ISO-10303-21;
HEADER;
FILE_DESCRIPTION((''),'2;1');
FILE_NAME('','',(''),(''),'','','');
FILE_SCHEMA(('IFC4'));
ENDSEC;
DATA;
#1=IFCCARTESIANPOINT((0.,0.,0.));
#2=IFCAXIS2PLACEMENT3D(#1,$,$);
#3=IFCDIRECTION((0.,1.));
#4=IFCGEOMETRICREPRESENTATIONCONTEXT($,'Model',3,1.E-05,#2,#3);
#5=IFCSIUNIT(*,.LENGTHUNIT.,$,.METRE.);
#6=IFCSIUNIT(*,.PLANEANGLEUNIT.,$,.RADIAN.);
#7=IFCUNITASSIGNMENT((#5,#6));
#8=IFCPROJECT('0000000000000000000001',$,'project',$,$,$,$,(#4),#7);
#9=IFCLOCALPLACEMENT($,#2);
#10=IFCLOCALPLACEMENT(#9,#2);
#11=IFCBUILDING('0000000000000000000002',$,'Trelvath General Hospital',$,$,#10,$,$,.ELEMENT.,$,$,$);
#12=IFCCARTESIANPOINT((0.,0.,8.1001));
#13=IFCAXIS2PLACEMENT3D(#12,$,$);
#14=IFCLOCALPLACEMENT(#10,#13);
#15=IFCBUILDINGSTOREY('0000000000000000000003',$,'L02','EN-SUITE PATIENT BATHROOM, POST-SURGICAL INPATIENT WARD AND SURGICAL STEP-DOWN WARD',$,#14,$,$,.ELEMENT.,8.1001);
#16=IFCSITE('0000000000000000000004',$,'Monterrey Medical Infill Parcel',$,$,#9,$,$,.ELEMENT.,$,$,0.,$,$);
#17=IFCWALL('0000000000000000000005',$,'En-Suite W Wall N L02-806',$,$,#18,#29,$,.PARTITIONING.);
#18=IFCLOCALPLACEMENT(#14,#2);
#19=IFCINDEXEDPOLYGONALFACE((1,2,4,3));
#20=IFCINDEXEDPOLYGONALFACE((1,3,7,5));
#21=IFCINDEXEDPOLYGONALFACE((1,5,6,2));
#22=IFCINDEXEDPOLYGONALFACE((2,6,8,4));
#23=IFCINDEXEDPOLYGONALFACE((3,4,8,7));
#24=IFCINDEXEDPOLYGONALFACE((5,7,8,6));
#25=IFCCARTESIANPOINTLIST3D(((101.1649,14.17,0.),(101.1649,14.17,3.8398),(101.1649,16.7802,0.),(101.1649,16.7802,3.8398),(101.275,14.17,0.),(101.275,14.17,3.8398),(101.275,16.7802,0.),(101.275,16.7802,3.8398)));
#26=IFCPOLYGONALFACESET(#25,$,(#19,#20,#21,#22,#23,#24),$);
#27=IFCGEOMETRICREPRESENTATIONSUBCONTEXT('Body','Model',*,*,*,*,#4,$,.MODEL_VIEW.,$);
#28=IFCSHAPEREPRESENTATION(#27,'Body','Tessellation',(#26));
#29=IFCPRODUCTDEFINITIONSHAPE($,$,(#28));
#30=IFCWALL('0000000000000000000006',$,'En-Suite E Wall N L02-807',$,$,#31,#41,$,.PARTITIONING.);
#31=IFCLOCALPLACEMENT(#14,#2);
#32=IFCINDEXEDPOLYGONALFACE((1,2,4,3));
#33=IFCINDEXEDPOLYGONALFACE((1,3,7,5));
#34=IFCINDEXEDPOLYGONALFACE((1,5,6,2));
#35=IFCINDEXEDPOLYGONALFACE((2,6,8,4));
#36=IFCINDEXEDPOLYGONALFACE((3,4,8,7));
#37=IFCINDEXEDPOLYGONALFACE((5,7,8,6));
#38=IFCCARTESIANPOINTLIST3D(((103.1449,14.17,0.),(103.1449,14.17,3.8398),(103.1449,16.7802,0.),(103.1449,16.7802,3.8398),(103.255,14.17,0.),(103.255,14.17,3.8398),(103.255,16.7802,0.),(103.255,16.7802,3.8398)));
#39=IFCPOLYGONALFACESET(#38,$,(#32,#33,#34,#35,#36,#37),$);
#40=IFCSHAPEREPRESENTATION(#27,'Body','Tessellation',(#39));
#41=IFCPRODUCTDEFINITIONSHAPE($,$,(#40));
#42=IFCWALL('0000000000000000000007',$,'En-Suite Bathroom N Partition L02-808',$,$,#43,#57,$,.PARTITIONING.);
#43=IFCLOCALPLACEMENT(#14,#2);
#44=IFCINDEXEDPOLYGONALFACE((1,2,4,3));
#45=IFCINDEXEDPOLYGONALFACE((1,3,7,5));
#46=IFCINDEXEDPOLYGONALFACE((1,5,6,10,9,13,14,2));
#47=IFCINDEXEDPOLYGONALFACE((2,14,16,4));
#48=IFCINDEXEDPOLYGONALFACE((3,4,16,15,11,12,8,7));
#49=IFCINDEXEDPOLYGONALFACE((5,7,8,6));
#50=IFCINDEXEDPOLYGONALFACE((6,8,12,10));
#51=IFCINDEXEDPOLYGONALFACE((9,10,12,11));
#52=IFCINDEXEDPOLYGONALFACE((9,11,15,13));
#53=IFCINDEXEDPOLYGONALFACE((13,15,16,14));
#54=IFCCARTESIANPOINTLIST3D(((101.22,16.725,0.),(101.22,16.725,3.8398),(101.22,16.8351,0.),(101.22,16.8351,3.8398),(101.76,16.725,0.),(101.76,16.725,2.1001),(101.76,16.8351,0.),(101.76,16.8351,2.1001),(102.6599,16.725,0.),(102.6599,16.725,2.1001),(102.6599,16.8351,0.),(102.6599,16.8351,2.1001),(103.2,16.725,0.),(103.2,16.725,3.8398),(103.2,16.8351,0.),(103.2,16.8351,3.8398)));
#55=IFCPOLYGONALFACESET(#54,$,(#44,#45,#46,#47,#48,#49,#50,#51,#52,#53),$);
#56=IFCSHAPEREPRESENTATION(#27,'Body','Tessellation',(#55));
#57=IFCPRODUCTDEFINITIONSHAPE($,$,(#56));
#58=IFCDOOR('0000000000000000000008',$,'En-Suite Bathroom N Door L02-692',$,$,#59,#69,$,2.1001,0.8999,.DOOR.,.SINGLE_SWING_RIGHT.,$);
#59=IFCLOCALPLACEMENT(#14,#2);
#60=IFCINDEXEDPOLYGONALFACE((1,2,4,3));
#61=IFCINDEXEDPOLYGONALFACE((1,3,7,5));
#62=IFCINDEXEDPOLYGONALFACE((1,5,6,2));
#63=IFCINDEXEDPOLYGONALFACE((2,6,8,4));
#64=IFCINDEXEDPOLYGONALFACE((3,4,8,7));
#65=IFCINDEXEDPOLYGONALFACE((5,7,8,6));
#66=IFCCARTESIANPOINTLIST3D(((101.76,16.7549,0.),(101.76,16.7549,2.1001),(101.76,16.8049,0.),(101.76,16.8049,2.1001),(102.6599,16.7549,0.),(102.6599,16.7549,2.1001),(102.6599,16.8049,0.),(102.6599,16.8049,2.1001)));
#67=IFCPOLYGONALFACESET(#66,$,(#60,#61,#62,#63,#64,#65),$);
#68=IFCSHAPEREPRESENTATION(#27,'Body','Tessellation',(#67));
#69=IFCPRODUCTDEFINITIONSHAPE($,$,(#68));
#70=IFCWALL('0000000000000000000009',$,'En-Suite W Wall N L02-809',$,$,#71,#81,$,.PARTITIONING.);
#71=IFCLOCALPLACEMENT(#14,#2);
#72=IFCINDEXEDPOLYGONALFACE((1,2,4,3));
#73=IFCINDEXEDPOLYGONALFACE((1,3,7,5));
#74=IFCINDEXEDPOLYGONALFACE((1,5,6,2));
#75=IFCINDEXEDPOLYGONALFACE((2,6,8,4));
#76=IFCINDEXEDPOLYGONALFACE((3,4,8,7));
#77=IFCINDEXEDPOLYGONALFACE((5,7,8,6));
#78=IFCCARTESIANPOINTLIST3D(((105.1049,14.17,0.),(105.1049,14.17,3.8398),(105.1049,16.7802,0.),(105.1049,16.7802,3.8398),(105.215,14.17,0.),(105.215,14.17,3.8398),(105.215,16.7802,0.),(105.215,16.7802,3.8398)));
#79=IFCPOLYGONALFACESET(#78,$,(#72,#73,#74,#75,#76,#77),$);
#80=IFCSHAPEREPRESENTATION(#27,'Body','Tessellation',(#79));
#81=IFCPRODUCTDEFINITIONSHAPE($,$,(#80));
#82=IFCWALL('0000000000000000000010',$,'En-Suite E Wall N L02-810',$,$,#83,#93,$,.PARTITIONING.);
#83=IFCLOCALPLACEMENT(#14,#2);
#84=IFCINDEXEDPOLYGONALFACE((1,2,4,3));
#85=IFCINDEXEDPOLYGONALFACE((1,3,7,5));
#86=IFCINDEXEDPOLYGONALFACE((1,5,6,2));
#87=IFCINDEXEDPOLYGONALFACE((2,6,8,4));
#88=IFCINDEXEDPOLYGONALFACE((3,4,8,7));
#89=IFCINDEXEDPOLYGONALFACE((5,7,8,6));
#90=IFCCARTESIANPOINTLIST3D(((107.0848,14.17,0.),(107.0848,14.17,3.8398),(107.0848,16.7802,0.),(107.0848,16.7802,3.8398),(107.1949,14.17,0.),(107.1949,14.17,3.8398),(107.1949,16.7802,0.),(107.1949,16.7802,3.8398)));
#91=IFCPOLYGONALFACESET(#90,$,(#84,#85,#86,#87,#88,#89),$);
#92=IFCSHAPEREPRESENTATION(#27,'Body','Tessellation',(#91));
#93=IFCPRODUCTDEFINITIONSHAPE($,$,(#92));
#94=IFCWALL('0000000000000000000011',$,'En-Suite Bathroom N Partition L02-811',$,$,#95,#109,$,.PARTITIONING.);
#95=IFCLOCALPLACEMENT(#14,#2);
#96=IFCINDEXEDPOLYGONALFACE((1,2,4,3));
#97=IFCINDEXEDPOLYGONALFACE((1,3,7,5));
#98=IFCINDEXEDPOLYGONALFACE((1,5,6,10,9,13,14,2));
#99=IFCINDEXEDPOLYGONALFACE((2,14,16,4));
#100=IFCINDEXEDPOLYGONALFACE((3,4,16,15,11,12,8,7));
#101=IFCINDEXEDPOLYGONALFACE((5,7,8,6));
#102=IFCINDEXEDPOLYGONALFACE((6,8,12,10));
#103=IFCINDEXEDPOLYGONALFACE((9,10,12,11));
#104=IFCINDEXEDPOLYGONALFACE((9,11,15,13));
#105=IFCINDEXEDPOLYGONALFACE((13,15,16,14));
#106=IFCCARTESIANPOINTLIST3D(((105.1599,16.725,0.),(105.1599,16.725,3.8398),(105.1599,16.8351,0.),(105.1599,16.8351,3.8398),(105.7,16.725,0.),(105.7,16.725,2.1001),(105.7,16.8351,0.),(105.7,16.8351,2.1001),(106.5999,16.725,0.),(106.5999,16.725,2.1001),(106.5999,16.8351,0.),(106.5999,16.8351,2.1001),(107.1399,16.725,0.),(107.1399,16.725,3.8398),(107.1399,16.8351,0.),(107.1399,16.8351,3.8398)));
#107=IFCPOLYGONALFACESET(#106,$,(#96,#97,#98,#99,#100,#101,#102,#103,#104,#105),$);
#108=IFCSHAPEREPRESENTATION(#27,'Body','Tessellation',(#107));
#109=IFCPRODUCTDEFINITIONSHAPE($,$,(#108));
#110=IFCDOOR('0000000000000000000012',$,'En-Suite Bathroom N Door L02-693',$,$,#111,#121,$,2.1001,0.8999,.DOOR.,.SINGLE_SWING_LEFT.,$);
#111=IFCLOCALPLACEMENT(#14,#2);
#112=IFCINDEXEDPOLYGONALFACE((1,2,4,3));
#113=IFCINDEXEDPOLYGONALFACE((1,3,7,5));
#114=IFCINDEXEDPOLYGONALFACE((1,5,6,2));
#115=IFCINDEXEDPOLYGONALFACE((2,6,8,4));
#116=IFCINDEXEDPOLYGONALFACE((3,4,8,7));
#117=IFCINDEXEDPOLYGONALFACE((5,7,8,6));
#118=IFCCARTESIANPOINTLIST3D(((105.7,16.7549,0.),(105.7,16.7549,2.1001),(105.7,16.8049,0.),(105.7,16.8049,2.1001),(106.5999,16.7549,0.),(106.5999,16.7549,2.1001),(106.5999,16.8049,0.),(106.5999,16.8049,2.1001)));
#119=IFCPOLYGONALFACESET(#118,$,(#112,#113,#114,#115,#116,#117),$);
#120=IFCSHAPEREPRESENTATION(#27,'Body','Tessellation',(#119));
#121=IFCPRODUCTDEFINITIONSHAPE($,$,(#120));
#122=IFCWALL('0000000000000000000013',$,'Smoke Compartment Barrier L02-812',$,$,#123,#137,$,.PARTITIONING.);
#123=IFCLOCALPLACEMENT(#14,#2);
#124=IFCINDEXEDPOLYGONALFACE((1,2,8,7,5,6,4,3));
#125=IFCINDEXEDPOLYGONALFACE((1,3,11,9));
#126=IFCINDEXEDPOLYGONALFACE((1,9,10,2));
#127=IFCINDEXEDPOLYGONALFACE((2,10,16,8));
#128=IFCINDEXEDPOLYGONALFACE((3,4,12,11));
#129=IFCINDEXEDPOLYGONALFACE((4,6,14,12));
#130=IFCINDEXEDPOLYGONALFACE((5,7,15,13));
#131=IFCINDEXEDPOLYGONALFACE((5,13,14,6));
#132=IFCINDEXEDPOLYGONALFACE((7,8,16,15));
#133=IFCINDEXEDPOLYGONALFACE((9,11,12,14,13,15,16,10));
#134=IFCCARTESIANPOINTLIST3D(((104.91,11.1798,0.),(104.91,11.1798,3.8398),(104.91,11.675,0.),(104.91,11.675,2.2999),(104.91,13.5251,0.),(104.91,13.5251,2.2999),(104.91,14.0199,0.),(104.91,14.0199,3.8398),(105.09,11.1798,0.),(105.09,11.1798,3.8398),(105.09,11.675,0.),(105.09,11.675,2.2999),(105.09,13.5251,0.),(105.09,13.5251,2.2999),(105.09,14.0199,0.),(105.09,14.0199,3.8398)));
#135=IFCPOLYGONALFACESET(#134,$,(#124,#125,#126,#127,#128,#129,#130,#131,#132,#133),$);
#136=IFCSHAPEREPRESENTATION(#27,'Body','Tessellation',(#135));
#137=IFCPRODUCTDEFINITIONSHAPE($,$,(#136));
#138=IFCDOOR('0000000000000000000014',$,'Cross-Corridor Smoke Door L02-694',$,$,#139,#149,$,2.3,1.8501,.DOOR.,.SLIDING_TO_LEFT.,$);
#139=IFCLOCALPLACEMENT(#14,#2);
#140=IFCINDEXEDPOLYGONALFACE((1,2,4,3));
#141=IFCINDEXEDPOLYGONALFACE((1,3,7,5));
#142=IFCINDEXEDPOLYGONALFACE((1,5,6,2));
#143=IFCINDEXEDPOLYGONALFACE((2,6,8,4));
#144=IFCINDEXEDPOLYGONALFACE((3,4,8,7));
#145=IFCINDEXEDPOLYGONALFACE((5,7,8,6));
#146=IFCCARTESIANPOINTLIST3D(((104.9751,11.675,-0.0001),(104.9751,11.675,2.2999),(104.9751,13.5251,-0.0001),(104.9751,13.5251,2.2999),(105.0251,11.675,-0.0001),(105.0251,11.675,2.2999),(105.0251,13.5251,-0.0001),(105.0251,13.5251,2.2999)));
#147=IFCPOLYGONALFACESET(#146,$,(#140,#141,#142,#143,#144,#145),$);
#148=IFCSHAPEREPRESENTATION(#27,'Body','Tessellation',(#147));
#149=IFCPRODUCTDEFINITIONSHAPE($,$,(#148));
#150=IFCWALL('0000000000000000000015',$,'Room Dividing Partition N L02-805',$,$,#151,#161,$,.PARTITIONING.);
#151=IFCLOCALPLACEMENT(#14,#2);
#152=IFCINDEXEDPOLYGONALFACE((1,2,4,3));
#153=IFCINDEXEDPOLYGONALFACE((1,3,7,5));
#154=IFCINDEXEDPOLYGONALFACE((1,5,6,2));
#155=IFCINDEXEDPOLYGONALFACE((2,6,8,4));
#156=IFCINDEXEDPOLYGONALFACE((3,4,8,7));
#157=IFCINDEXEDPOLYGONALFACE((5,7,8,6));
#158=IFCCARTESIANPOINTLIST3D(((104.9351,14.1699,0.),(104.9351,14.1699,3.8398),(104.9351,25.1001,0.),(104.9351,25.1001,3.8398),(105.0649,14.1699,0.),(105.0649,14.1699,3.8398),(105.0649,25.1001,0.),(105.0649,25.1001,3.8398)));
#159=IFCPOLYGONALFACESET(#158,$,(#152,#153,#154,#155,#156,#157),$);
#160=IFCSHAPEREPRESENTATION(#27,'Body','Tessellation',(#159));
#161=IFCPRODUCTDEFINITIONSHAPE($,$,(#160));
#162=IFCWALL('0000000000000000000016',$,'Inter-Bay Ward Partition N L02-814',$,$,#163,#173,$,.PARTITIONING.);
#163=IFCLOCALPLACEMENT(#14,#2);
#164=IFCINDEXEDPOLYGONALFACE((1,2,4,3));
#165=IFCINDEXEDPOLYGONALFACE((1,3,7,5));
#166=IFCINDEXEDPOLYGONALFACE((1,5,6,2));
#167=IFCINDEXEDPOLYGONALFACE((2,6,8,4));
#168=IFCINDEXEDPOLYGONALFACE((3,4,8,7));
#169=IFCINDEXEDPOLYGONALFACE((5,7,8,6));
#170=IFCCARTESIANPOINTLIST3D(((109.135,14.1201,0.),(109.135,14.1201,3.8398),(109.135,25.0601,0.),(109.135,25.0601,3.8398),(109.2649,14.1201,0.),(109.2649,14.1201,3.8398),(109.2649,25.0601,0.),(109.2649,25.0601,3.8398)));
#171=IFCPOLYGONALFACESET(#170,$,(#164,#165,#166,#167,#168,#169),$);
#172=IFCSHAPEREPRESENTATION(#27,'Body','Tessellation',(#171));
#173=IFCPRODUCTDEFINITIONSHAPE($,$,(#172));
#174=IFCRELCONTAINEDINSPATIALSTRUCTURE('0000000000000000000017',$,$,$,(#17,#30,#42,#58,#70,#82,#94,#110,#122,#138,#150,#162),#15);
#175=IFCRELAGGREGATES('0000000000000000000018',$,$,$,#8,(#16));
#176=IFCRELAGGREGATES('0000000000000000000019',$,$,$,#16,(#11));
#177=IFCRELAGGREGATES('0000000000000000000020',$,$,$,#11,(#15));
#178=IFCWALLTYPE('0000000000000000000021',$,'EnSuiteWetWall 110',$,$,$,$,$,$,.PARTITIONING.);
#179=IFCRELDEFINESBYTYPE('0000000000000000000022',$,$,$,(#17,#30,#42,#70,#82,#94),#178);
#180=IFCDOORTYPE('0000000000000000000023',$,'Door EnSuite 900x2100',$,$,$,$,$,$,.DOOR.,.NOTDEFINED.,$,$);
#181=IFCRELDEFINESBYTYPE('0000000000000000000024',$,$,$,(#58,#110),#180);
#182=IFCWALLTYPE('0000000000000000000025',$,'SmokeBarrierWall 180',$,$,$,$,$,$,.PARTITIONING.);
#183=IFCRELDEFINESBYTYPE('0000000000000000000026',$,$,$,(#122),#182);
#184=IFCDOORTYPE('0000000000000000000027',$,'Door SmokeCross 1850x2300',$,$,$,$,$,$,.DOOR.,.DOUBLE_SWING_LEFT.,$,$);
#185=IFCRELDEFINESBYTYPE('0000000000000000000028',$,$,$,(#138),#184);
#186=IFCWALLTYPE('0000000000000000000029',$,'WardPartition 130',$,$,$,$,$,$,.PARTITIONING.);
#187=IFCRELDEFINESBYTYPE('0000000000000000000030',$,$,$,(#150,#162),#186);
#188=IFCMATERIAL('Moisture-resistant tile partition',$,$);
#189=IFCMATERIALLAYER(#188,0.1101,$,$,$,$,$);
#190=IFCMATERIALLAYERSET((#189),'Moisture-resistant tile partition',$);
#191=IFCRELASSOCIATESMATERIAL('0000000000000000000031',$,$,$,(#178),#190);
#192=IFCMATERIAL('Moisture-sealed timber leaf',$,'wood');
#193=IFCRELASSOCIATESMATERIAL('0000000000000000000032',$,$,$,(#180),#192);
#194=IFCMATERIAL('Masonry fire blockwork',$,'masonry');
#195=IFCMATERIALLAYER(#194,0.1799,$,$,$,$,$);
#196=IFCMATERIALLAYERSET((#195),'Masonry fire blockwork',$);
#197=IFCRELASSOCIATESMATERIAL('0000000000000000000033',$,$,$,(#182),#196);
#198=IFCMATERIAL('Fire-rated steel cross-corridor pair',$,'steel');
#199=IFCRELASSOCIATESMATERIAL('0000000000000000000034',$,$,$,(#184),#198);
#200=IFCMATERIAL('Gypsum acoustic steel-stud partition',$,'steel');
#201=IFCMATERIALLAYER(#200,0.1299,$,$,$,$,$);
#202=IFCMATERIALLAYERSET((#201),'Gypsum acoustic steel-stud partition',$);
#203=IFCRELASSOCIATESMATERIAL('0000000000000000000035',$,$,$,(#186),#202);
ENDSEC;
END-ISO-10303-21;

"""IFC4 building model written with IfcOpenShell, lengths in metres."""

from ifc_helpers import new_model, si_unit, direction, frame, frame_2d, origin, place, context, subcontext, project, spatial, rectangle, extrude, material, layer, layer_set, type_object, element, fill, save


model = new_model("IFC4")

# Units and contexts
model_context = context("Model", 3, precision=1e-05, world=origin(), true_north=direction((0.0, 1.0)))
body_context = subcontext(model_context, "Body", "Model", "MODEL_VIEW")
ifc_project = project(units=[si_unit("LENGTHUNIT", "METRE"), si_unit("PLANEANGLEUNIT", "RADIAN")], contexts=[model_context])

# Site, building, storey
site_placement = place(None, origin())
site = spatial("IfcSite", under=ifc_project, at=site_placement, Name="Monterrey Medical Infill Parcel", CompositionType="ELEMENT", RefElevation=0.0)
building_placement = place(site_placement, origin())
building = spatial("IfcBuilding", under=site, at=building_placement, Name="Trelvath General Hospital", CompositionType="ELEMENT")
storey_placement = place(building_placement, frame((0.0, 0.0, 8.1001)))
storey = spatial("IfcBuildingStorey", under=building, at=storey_placement, Name="L02", Description="EN-SUITE PATIENT BATHROOM, POST-SURGICAL INPATIENT WARD AND SURGICAL STEP-DOWN WARD", CompositionType="ELEMENT", Elevation=8.1001)

# Walls
ifc_material_1 = material(Name="Moisture-resistant tile partition")
ifc_layer_1 = layer(ifc_material_1, 0.1101)
ifc_layer_set_1 = layer_set([ifc_layer_1], Name="Moisture-resistant tile partition")
wall_type_1 = type_object("IfcWallType", Name="EnSuiteWetWall 110", PredefinedType="PARTITIONING", material=ifc_layer_set_1)
for number, where, z_axis, x_axis, name in (
    (1, (101.22, 14.1699, 0.0), (0.0, 0.0, 1.0), (0.0, 1.0, 0.0), "En-Suite W Wall N L02-806"),
    (2, (103.2, 14.1699, 0.0), (0.0, 0.0, 1.0), (0.0, 1.0, 0.0), "En-Suite E Wall N L02-807"),
):
    element("IfcWall", number, at=place(storey_placement, frame(where, z_axis=z_axis, x_axis=x_axis)), inside=storey, type_object=wall_type_1, Name=name, PredefinedType="PARTITIONING", context=body_context, shape_type="SweptSolid", body=[
        extrude(rectangle(XDim=2.6101, YDim=0.1101, at=frame_2d((1.3052, 0.0))), origin(), (0.0, 0.0, 1.0), 3.8398),
    ])

# Wall, opening, door
wall_1_placement = place(storey_placement, frame((101.22, 16.78, 0.0), z_axis=(0.0, 0.0, 1.0), x_axis=(1.0, 0.0, 0.0)))
wall_1 = element("IfcWall", 3, at=wall_1_placement, inside=storey, type_object=wall_type_1, Name="En-Suite Bathroom N Partition L02-808", PredefinedType="PARTITIONING", context=body_context, shape_type="SweptSolid", body=[
    extrude(rectangle(XDim=1.98, YDim=0.1101, at=frame_2d((0.99, 0.0))), origin(), (0.0, 0.0, 1.0), 3.8398),
])
opening_1_placement = place(wall_1_placement, frame((0.54, 0.0, 0.0)))
opening_1 = element("IfcOpeningElement", 4, at=opening_1_placement, cuts=wall_1, PredefinedType="OPENING", context=body_context, shape_type="SweptSolid", body=[
    extrude(rectangle(XDim=0.8999, YDim=2.1001, at=frame_2d((0.45, 1.05))), frame((0.0, 0.0649, 0.0), z_axis=(0.0, -1.0, 0.0), x_axis=(1.0, 0.0, 0.0)), (0.0, 0.0, 1.0), 0.1301),
])
ifc_material_2 = material(Name="Moisture-sealed timber leaf", Category="wood")
door_type_1 = type_object("IfcDoorType", Name="Door EnSuite 900x2100", OperationType="NOTDEFINED", PredefinedType="DOOR", material=ifc_material_2)
door_1_placement = place(opening_1_placement, origin())
door_1 = element("IfcDoor", 5, at=door_1_placement, inside=storey, type_object=door_type_1, Name="En-Suite Bathroom N Door L02-692", OperationType="SINGLE_SWING_RIGHT", OverallHeight=2.1001, OverallWidth=0.8999, PredefinedType="DOOR", context=body_context, shape_type="SweptSolid", body=[
    extrude(rectangle(XDim=0.8999, YDim=2.1001, at=frame_2d((0.45, 1.05))), frame((0.0, 0.0249, 0.0), z_axis=(0.0, -1.0, 0.0), x_axis=(1.0, 0.0, 0.0)), (0.0, 0.0, 1.0), 0.05),
])
fill(opening_1, door_1)

# Walls
for number, where, z_axis, x_axis, name in (
    (6, (105.1599, 14.1699, 0.0), (0.0, 0.0, 1.0), (0.0, 1.0, 0.0), "En-Suite W Wall N L02-809"),
    (7, (107.1399, 14.1699, 0.0), (0.0, 0.0, 1.0), (0.0, 1.0, 0.0), "En-Suite E Wall N L02-810"),
):
    element("IfcWall", number, at=place(storey_placement, frame(where, z_axis=z_axis, x_axis=x_axis)), inside=storey, type_object=wall_type_1, Name=name, PredefinedType="PARTITIONING", context=body_context, shape_type="SweptSolid", body=[
        extrude(rectangle(XDim=2.6101, YDim=0.1101, at=frame_2d((1.3052, 0.0))), origin(), (0.0, 0.0, 1.0), 3.8398),
    ])

# Walls, openings, doors
wall_2_placement = place(storey_placement, frame((105.1599, 16.78, 0.0), z_axis=(0.0, 0.0, 1.0), x_axis=(1.0, 0.0, 0.0)))
wall_2 = element("IfcWall", 8, at=wall_2_placement, inside=storey, type_object=wall_type_1, Name="En-Suite Bathroom N Partition L02-811", PredefinedType="PARTITIONING", context=body_context, shape_type="SweptSolid", body=[
    extrude(rectangle(XDim=1.98, YDim=0.1101, at=frame_2d((0.99, 0.0))), origin(), (0.0, 0.0, 1.0), 3.8398),
])
opening_2_placement = place(wall_2_placement, frame((0.54, 0.0, 0.0)))
opening_2 = element("IfcOpeningElement", 9, at=opening_2_placement, cuts=wall_2, PredefinedType="OPENING", context=body_context, shape_type="SweptSolid", body=[
    extrude(rectangle(XDim=0.8999, YDim=2.1001, at=frame_2d((0.45, 1.05))), frame((0.0, 0.0649, 0.0), z_axis=(0.0, -1.0, 0.0), x_axis=(1.0, 0.0, 0.0)), (0.0, 0.0, 1.0), 0.1301),
])
door_2_placement = place(opening_2_placement, origin())
door_2 = element("IfcDoor", 10, at=door_2_placement, inside=storey, type_object=door_type_1, Name="En-Suite Bathroom N Door L02-693", OperationType="SINGLE_SWING_LEFT", OverallHeight=2.1001, OverallWidth=0.8999, PredefinedType="DOOR", context=body_context, shape_type="SweptSolid", body=[
    extrude(rectangle(XDim=0.8999, YDim=2.1001, at=frame_2d((0.45, 1.05))), frame((0.0, 0.0249, 0.0), z_axis=(0.0, -1.0, 0.0), x_axis=(1.0, 0.0, 0.0)), (0.0, 0.0, 1.0), 0.05),
])
fill(opening_2, door_2)
ifc_material_3 = material(Name="Masonry fire blockwork", Category="masonry")
ifc_layer_2 = layer(ifc_material_3, 0.1799)
ifc_layer_set_2 = layer_set([ifc_layer_2], Name="Masonry fire blockwork")
wall_type_2 = type_object("IfcWallType", Name="SmokeBarrierWall 180", PredefinedType="PARTITIONING", material=ifc_layer_set_2)
wall_3_placement = place(storey_placement, frame((105.0, 11.1799, 0.0), z_axis=(0.0, 0.0, 1.0), x_axis=(0.0, 1.0, 0.0)))
wall_3 = element("IfcWall", 11, at=wall_3_placement, inside=storey, type_object=wall_type_2, Name="Smoke Compartment Barrier L02-812", PredefinedType="PARTITIONING", context=body_context, shape_type="SweptSolid", body=[
    extrude(rectangle(XDim=2.8401, YDim=0.1799, at=frame_2d((1.4199, 0.0))), origin(), (0.0, 0.0, 1.0), 3.8398),
])
opening_3_placement = place(wall_3_placement, frame((0.4951, 0.0, 0.0)))
opening_3 = element("IfcOpeningElement", 12, at=opening_3_placement, cuts=wall_3, PredefinedType="OPENING", context=body_context, shape_type="SweptSolid", body=[
    extrude(rectangle(XDim=1.8501, YDim=2.3, at=frame_2d((0.925, 1.1499))), frame((0.0, 0.0999, 0.0), z_axis=(0.0, -1.0, 0.0), x_axis=(1.0, 0.0, 0.0)), (0.0, 0.0, 1.0), 0.2),
])
ifc_material_4 = material(Name="Fire-rated steel cross-corridor pair", Category="steel")
door_type_2 = type_object("IfcDoorType", Name="Door SmokeCross 1850x2300", OperationType="DOUBLE_SWING_LEFT", PredefinedType="DOOR", material=ifc_material_4)
door_3_placement = place(opening_3_placement, origin())
door_3 = element("IfcDoor", 13, at=door_3_placement, inside=storey, type_object=door_type_2, Name="Cross-Corridor Smoke Door L02-694", OperationType="SLIDING_TO_LEFT", OverallHeight=2.3, OverallWidth=1.8501, PredefinedType="DOOR", context=body_context, shape_type="SweptSolid", body=[
    extrude(rectangle(XDim=1.8501, YDim=2.3, at=frame_2d((0.925, 1.1499))), frame((0.0, 0.0249, 0.0), z_axis=(0.0, -1.0, 0.0), x_axis=(1.0, 0.0, 0.0)), (0.0, 0.0, 1.0), 0.05),
])
fill(opening_3, door_3)

# Walls
ifc_material_5 = material(Name="Gypsum acoustic steel-stud partition", Category="steel")
ifc_layer_3 = layer(ifc_material_5, 0.1299)
ifc_layer_set_3 = layer_set([ifc_layer_3], Name="Gypsum acoustic steel-stud partition")
wall_type_3 = type_object("IfcWallType", Name="WardPartition 130", PredefinedType="PARTITIONING", material=ifc_layer_set_3)
wall_4_placement = place(storey_placement, frame((105.0, 14.1699, 0.0), z_axis=(0.0, 0.0, 1.0), x_axis=(0.0, 1.0, 0.0)))
element("IfcWall", 14, at=wall_4_placement, inside=storey, type_object=wall_type_3, Name="Room Dividing Partition N L02-805", PredefinedType="PARTITIONING", context=body_context, shape_type="SweptSolid", body=[
    extrude(rectangle(XDim=10.9302, YDim=0.1299, at=frame_2d((5.4651, 0.0))), origin(), (0.0, 0.0, 1.0), 3.8398),
])
wall_5_placement = place(storey_placement, frame((109.2, 14.1201, 0.0), z_axis=(0.0, 0.0, 1.0), x_axis=(0.0, 1.0, 0.0)))
element("IfcWall", 15, at=wall_5_placement, inside=storey, type_object=wall_type_3, Name="Inter-Bay Ward Partition N L02-814", PredefinedType="PARTITIONING", context=body_context, shape_type="SweptSolid", body=[
    extrude(rectangle(XDim=10.9399, YDim=0.1299, at=frame_2d((5.47, 0.0))), origin(), (0.0, 0.0, 1.0), 3.8398),
])

save(model, "model.ifc")
